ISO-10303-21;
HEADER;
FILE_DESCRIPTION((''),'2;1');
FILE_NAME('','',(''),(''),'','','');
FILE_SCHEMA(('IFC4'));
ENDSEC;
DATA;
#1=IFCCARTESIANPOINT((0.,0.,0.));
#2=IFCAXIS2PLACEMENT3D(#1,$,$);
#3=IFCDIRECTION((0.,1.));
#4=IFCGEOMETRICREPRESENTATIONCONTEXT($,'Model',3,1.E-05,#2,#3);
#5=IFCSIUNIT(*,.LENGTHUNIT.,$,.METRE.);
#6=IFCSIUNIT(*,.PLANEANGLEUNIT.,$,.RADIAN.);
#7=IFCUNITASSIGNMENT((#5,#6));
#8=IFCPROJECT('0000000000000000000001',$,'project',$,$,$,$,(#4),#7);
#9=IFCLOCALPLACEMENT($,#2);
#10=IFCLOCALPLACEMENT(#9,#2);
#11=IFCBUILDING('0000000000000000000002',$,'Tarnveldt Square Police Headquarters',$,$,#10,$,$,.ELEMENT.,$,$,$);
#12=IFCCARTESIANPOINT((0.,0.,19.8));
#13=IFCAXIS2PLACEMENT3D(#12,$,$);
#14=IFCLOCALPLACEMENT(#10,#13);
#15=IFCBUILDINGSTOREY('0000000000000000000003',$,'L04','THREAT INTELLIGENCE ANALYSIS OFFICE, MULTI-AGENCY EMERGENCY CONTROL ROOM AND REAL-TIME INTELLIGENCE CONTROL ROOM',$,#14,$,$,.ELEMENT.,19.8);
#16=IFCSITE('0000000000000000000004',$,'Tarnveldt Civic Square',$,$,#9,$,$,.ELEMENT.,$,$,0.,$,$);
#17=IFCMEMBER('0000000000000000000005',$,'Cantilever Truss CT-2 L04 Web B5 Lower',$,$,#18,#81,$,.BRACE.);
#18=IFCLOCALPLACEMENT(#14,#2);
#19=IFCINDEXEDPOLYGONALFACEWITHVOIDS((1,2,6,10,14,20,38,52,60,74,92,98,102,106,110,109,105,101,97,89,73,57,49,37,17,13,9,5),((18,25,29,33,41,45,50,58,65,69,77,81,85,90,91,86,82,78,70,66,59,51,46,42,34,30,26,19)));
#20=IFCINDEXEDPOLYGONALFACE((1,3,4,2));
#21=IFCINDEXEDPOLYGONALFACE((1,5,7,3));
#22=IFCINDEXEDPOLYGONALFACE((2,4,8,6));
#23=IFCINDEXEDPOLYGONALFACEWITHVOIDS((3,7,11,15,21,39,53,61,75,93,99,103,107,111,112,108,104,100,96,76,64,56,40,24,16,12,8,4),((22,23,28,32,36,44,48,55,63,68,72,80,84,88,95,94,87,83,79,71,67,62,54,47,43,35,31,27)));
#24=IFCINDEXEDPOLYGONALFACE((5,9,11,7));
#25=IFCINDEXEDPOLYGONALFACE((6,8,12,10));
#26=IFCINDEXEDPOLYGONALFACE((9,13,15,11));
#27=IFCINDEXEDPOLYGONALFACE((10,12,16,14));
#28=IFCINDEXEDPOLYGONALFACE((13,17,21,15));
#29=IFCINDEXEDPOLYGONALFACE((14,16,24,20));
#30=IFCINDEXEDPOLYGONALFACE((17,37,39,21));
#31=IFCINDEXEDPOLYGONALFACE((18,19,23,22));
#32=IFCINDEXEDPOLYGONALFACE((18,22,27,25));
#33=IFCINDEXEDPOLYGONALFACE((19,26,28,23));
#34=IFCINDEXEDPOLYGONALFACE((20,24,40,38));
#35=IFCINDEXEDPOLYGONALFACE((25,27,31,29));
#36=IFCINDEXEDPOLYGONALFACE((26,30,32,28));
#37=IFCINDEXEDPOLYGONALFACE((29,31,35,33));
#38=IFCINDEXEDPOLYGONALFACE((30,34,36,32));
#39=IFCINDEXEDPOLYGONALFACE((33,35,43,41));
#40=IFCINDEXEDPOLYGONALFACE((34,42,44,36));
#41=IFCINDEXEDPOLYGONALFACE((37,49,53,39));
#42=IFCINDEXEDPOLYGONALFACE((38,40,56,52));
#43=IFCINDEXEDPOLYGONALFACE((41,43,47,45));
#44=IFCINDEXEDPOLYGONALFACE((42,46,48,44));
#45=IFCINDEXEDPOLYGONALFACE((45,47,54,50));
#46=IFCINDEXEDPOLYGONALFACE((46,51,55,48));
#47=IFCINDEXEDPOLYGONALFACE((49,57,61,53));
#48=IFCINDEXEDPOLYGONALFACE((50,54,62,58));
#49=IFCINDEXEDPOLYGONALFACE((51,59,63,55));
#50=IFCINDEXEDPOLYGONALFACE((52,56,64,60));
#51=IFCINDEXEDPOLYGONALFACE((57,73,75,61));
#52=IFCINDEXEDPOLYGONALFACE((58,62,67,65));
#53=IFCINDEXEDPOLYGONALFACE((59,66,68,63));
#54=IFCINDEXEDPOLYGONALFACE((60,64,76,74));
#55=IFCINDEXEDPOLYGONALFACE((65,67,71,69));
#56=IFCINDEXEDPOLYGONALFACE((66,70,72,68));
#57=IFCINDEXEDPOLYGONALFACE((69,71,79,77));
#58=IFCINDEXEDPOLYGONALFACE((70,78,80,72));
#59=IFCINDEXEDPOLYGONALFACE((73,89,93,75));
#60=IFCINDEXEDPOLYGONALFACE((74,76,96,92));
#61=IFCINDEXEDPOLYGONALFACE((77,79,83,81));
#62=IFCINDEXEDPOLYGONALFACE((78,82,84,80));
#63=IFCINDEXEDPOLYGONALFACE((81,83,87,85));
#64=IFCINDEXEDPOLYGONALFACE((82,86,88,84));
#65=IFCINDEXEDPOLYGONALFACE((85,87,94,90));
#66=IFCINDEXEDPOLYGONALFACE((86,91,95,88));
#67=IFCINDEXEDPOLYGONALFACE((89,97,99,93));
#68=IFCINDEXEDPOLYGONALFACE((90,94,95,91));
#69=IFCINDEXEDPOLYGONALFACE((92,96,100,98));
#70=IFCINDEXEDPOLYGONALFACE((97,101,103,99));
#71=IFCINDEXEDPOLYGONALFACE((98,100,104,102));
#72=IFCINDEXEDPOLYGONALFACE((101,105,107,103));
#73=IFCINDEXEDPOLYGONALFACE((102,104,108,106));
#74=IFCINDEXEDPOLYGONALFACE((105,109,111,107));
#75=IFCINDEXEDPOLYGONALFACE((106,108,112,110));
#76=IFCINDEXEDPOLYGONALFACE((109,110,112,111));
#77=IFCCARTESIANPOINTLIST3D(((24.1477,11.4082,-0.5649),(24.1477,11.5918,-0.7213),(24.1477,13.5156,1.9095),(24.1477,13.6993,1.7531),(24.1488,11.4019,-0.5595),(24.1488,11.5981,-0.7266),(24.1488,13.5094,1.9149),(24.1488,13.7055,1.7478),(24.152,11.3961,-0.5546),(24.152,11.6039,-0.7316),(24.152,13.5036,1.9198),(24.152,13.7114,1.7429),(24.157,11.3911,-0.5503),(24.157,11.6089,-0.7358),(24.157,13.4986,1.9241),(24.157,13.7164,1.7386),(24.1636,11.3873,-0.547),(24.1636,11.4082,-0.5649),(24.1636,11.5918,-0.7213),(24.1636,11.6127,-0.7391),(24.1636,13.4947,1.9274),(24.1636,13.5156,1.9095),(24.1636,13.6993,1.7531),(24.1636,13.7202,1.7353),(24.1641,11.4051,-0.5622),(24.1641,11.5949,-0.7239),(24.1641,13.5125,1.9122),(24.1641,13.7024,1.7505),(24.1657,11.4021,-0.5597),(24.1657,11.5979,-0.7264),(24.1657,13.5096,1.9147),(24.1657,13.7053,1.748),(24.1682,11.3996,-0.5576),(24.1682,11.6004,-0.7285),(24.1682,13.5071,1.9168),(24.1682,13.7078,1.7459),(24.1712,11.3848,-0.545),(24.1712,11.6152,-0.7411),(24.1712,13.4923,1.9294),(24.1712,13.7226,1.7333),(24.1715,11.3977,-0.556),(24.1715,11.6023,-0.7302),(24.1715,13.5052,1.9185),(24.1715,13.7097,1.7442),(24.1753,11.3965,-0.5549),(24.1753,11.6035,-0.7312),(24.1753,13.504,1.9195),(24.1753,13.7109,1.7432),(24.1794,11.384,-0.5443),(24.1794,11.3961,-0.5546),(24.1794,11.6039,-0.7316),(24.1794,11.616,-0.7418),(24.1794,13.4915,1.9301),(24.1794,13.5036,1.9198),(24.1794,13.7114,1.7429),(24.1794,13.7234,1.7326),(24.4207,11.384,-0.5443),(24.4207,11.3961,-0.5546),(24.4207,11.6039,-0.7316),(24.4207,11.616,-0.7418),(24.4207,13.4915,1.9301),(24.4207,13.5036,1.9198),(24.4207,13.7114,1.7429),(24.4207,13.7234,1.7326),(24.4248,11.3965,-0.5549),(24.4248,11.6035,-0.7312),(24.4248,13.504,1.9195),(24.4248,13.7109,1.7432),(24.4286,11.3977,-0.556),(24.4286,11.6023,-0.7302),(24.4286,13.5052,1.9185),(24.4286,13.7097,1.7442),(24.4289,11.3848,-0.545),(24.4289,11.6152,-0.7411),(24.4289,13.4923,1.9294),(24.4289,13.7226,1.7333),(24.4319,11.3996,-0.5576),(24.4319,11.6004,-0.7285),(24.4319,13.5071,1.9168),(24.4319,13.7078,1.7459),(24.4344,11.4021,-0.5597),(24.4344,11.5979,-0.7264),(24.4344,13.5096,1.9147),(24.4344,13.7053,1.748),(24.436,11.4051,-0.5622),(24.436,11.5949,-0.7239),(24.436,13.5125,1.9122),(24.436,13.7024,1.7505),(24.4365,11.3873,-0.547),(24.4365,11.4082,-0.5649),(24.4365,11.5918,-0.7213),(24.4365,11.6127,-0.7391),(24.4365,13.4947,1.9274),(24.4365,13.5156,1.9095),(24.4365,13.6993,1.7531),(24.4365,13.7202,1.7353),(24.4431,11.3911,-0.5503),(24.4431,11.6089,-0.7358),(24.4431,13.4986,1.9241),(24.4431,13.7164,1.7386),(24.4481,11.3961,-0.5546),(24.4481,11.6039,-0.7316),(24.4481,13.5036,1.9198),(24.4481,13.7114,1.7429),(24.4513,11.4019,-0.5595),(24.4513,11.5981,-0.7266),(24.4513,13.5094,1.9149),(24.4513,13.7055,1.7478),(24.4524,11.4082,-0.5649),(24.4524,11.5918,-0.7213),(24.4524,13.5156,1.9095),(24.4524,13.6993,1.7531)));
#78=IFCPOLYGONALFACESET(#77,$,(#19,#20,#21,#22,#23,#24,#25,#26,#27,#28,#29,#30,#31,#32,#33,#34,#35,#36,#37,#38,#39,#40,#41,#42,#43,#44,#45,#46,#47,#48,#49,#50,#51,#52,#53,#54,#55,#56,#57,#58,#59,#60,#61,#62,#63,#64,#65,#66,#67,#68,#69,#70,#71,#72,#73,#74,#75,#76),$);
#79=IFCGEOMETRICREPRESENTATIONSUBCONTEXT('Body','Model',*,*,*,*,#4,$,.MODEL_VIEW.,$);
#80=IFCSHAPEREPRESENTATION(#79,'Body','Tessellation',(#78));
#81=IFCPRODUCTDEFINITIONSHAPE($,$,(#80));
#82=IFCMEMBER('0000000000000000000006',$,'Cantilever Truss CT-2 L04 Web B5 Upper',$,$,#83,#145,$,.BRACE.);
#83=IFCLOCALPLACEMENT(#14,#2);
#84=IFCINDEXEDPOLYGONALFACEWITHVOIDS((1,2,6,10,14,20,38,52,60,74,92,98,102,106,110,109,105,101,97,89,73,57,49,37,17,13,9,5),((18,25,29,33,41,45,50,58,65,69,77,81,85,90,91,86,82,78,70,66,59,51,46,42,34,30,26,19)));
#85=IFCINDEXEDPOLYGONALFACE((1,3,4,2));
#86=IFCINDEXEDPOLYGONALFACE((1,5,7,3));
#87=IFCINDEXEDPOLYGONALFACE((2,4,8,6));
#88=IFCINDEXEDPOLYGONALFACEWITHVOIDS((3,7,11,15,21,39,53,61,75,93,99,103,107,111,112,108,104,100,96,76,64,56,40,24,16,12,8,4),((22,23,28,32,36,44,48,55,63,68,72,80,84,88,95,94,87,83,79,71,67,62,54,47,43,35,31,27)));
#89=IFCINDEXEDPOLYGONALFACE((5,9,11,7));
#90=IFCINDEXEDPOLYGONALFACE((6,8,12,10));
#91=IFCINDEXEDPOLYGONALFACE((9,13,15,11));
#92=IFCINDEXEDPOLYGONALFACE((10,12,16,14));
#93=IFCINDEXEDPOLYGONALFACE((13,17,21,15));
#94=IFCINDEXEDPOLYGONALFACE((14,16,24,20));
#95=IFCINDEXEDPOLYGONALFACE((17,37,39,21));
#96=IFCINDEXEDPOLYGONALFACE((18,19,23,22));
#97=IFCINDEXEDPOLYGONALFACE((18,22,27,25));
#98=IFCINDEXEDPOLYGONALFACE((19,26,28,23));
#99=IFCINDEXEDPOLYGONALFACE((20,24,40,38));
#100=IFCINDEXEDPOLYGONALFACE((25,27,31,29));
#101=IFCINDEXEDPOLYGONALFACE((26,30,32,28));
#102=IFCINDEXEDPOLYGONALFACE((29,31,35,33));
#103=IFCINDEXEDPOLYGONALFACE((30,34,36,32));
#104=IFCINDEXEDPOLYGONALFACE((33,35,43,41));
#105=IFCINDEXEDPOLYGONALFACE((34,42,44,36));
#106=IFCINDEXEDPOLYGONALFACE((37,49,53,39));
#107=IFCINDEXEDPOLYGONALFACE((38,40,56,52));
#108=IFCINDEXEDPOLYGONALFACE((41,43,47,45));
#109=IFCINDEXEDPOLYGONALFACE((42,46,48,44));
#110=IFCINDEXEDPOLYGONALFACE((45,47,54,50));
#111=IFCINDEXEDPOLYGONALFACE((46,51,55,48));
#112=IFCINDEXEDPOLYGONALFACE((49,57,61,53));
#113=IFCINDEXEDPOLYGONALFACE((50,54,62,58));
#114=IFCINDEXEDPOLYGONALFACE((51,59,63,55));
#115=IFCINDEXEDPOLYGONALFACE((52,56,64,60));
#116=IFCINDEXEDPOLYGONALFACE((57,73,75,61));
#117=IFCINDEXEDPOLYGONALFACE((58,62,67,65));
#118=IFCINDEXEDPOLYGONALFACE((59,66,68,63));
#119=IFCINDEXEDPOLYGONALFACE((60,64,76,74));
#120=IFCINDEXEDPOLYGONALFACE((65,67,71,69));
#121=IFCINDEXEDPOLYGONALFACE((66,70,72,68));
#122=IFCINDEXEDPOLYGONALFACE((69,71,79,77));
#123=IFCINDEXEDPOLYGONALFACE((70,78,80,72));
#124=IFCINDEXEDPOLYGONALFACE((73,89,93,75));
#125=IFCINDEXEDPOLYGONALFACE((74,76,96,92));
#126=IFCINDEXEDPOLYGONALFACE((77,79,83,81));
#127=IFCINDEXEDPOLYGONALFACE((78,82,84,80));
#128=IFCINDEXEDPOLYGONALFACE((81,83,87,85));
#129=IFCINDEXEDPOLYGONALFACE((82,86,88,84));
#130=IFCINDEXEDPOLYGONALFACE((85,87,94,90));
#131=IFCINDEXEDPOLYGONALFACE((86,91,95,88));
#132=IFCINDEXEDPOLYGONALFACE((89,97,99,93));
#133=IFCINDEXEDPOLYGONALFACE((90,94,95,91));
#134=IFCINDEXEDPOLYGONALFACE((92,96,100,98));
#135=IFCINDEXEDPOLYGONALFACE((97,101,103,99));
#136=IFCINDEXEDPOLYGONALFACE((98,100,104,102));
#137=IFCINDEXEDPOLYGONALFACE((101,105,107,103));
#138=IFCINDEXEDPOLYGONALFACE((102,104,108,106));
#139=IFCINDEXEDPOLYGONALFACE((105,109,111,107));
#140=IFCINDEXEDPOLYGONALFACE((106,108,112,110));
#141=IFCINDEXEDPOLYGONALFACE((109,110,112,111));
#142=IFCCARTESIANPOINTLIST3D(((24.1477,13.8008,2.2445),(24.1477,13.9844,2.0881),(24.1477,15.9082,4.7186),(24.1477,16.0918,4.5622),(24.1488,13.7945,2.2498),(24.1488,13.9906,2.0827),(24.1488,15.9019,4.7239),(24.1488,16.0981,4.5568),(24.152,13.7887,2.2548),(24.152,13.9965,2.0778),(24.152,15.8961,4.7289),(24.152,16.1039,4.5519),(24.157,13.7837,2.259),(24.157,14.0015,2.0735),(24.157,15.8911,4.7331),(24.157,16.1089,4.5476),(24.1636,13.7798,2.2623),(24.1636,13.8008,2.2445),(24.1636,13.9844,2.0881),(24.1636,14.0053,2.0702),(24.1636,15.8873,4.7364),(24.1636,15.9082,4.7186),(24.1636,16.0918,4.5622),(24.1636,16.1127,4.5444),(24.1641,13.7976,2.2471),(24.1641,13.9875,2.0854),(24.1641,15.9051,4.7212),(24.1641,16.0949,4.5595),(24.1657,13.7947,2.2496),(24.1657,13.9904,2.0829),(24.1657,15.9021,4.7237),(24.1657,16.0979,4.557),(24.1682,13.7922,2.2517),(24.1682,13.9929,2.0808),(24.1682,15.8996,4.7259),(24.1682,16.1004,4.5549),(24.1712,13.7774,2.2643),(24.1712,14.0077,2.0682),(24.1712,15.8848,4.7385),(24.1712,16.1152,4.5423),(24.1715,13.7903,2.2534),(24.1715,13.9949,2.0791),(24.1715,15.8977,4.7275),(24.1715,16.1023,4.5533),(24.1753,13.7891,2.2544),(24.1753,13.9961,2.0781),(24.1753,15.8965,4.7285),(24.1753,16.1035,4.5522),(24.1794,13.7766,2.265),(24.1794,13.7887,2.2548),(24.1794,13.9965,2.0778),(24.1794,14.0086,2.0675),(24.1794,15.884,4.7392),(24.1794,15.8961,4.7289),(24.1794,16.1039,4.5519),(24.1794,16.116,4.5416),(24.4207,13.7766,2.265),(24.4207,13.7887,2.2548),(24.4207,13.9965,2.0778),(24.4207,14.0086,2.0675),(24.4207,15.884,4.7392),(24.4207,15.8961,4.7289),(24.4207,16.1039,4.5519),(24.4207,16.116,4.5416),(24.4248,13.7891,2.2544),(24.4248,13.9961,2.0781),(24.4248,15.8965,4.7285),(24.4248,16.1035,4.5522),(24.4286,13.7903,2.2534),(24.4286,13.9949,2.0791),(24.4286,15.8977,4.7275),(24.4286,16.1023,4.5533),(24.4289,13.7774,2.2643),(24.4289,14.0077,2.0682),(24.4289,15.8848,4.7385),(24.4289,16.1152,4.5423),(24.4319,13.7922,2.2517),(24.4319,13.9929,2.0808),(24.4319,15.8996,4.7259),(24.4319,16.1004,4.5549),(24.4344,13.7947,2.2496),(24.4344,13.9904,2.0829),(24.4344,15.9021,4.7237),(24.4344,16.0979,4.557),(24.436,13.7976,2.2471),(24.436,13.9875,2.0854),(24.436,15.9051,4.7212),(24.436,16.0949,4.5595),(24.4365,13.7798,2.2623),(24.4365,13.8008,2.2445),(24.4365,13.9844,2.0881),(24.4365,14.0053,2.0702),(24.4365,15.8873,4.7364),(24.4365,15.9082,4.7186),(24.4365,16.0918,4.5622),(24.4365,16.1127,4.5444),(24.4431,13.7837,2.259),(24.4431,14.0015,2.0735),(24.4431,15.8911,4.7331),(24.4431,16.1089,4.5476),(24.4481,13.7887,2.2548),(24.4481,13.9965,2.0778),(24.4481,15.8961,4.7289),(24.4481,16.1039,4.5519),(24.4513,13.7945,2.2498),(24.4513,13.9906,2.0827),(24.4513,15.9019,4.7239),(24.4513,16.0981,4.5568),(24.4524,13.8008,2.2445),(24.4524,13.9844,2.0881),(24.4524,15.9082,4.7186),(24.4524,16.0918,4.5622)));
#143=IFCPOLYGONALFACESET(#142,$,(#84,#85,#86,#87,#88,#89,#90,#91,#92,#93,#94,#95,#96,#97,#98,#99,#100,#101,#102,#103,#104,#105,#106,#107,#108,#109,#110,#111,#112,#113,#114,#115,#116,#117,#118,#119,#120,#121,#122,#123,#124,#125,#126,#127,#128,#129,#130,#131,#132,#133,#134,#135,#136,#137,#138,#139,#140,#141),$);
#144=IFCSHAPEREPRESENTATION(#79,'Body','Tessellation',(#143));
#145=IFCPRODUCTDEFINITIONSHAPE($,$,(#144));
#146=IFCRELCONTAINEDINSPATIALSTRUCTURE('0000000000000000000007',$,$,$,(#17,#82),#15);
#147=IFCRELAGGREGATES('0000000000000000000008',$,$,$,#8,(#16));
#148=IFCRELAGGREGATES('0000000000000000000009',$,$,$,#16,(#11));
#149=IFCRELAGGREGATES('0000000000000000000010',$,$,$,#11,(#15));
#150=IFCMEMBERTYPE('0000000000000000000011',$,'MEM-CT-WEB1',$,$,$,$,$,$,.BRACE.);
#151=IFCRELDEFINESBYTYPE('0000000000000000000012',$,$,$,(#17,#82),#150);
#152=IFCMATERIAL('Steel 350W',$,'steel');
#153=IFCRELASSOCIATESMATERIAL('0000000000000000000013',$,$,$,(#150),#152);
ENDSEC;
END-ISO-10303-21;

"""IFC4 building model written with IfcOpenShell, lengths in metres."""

from ifc_helpers import new_model, si_unit, direction, frame, origin, origin_2d, place, context, subcontext, project, spatial, hollow_rectangle, extrude, material, material_profile, profile_set, type_object, element, save


model = new_model("IFC4")

# Units and contexts
model_context = context("Model", 3, precision=1e-05, world=origin(), true_north=direction((0.0, 1.0)))
body_context = subcontext(model_context, "Body", "Model", "MODEL_VIEW")
ifc_project = project(units=[si_unit("LENGTHUNIT", "METRE"), si_unit("PLANEANGLEUNIT", "RADIAN")], contexts=[model_context])

# Site, building, storey
site_placement = place(None, origin())
site = spatial("IfcSite", under=ifc_project, at=site_placement, Name="Tarnveldt Civic Square", CompositionType="ELEMENT", RefElevation=0.0)
building_placement = place(site_placement, origin())
building = spatial("IfcBuilding", under=site, at=building_placement, Name="Tarnveldt Square Police Headquarters", CompositionType="ELEMENT")
storey_placement = place(building_placement, frame((0.0, 0.0, 19.8)))
storey = spatial("IfcBuildingStorey", under=building, at=storey_placement, Name="L04", Description="THREAT INTELLIGENCE ANALYSIS OFFICE, MULTI-AGENCY EMERGENCY CONTROL ROOM AND REAL-TIME INTELLIGENCE CONTROL ROOM", CompositionType="ELEMENT", Elevation=19.8)

# Shared definitions
ifc_material_1 = material(Name="Steel 350W", Category="steel")

# Members
ifc_material_profile_1 = material_profile(ifc_material_1, hollow_rectangle(XDim=0.3047, YDim=0.3047, WallThickness=0.0159, InnerFilletRadius=0.0159, OuterFilletRadius=0.0317, at=origin_2d()), Name="HSS305x305x16")
ifc_profile_set_1 = profile_set([ifc_material_profile_1], Name="Steel 350W")
member_type_1 = type_object("IfcMemberType", Name="MEM-CT-WEB1", PredefinedType="BRACE", material=ifc_profile_set_1)
member_1_placement = place(storey_placement, frame((24.3, 11.5, -0.6431), z_axis=(0.0, 0.6484, 0.7613), x_axis=(-1.0, 0.0, 0.0)))
element("IfcMember", 1, at=member_1_placement, inside=storey, type_object=member_type_1, Name="Cantilever Truss CT-2 L04 Web B5 Lower", PredefinedType="BRACE", context=body_context, shape_type="SweptSolid", body=[
    extrude(hollow_rectangle(XDim=0.3047, YDim=0.3047, WallThickness=0.0159, InnerFilletRadius=0.0159, OuterFilletRadius=0.0317, at=origin_2d()), origin(), (0.0, 0.0, 1.0), 3.2502),
])
member_2_placement = place(storey_placement, frame((24.3, 13.8926, 2.1663), z_axis=(0.0, 0.648437, 0.761268), x_axis=(-1.0, 0.0, 0.0)))
element("IfcMember", 2, at=member_2_placement, inside=storey, type_object=member_type_1, Name="Cantilever Truss CT-2 L04 Web B5 Upper", PredefinedType="BRACE", context=body_context, shape_type="SweptSolid", body=[
    extrude(hollow_rectangle(XDim=0.3047, YDim=0.3047, WallThickness=0.0159, InnerFilletRadius=0.0159, OuterFilletRadius=0.0317, at=origin_2d()), origin(), (0.0, 0.0, 1.0), 3.25),
])

save(model, "model.ifc")
